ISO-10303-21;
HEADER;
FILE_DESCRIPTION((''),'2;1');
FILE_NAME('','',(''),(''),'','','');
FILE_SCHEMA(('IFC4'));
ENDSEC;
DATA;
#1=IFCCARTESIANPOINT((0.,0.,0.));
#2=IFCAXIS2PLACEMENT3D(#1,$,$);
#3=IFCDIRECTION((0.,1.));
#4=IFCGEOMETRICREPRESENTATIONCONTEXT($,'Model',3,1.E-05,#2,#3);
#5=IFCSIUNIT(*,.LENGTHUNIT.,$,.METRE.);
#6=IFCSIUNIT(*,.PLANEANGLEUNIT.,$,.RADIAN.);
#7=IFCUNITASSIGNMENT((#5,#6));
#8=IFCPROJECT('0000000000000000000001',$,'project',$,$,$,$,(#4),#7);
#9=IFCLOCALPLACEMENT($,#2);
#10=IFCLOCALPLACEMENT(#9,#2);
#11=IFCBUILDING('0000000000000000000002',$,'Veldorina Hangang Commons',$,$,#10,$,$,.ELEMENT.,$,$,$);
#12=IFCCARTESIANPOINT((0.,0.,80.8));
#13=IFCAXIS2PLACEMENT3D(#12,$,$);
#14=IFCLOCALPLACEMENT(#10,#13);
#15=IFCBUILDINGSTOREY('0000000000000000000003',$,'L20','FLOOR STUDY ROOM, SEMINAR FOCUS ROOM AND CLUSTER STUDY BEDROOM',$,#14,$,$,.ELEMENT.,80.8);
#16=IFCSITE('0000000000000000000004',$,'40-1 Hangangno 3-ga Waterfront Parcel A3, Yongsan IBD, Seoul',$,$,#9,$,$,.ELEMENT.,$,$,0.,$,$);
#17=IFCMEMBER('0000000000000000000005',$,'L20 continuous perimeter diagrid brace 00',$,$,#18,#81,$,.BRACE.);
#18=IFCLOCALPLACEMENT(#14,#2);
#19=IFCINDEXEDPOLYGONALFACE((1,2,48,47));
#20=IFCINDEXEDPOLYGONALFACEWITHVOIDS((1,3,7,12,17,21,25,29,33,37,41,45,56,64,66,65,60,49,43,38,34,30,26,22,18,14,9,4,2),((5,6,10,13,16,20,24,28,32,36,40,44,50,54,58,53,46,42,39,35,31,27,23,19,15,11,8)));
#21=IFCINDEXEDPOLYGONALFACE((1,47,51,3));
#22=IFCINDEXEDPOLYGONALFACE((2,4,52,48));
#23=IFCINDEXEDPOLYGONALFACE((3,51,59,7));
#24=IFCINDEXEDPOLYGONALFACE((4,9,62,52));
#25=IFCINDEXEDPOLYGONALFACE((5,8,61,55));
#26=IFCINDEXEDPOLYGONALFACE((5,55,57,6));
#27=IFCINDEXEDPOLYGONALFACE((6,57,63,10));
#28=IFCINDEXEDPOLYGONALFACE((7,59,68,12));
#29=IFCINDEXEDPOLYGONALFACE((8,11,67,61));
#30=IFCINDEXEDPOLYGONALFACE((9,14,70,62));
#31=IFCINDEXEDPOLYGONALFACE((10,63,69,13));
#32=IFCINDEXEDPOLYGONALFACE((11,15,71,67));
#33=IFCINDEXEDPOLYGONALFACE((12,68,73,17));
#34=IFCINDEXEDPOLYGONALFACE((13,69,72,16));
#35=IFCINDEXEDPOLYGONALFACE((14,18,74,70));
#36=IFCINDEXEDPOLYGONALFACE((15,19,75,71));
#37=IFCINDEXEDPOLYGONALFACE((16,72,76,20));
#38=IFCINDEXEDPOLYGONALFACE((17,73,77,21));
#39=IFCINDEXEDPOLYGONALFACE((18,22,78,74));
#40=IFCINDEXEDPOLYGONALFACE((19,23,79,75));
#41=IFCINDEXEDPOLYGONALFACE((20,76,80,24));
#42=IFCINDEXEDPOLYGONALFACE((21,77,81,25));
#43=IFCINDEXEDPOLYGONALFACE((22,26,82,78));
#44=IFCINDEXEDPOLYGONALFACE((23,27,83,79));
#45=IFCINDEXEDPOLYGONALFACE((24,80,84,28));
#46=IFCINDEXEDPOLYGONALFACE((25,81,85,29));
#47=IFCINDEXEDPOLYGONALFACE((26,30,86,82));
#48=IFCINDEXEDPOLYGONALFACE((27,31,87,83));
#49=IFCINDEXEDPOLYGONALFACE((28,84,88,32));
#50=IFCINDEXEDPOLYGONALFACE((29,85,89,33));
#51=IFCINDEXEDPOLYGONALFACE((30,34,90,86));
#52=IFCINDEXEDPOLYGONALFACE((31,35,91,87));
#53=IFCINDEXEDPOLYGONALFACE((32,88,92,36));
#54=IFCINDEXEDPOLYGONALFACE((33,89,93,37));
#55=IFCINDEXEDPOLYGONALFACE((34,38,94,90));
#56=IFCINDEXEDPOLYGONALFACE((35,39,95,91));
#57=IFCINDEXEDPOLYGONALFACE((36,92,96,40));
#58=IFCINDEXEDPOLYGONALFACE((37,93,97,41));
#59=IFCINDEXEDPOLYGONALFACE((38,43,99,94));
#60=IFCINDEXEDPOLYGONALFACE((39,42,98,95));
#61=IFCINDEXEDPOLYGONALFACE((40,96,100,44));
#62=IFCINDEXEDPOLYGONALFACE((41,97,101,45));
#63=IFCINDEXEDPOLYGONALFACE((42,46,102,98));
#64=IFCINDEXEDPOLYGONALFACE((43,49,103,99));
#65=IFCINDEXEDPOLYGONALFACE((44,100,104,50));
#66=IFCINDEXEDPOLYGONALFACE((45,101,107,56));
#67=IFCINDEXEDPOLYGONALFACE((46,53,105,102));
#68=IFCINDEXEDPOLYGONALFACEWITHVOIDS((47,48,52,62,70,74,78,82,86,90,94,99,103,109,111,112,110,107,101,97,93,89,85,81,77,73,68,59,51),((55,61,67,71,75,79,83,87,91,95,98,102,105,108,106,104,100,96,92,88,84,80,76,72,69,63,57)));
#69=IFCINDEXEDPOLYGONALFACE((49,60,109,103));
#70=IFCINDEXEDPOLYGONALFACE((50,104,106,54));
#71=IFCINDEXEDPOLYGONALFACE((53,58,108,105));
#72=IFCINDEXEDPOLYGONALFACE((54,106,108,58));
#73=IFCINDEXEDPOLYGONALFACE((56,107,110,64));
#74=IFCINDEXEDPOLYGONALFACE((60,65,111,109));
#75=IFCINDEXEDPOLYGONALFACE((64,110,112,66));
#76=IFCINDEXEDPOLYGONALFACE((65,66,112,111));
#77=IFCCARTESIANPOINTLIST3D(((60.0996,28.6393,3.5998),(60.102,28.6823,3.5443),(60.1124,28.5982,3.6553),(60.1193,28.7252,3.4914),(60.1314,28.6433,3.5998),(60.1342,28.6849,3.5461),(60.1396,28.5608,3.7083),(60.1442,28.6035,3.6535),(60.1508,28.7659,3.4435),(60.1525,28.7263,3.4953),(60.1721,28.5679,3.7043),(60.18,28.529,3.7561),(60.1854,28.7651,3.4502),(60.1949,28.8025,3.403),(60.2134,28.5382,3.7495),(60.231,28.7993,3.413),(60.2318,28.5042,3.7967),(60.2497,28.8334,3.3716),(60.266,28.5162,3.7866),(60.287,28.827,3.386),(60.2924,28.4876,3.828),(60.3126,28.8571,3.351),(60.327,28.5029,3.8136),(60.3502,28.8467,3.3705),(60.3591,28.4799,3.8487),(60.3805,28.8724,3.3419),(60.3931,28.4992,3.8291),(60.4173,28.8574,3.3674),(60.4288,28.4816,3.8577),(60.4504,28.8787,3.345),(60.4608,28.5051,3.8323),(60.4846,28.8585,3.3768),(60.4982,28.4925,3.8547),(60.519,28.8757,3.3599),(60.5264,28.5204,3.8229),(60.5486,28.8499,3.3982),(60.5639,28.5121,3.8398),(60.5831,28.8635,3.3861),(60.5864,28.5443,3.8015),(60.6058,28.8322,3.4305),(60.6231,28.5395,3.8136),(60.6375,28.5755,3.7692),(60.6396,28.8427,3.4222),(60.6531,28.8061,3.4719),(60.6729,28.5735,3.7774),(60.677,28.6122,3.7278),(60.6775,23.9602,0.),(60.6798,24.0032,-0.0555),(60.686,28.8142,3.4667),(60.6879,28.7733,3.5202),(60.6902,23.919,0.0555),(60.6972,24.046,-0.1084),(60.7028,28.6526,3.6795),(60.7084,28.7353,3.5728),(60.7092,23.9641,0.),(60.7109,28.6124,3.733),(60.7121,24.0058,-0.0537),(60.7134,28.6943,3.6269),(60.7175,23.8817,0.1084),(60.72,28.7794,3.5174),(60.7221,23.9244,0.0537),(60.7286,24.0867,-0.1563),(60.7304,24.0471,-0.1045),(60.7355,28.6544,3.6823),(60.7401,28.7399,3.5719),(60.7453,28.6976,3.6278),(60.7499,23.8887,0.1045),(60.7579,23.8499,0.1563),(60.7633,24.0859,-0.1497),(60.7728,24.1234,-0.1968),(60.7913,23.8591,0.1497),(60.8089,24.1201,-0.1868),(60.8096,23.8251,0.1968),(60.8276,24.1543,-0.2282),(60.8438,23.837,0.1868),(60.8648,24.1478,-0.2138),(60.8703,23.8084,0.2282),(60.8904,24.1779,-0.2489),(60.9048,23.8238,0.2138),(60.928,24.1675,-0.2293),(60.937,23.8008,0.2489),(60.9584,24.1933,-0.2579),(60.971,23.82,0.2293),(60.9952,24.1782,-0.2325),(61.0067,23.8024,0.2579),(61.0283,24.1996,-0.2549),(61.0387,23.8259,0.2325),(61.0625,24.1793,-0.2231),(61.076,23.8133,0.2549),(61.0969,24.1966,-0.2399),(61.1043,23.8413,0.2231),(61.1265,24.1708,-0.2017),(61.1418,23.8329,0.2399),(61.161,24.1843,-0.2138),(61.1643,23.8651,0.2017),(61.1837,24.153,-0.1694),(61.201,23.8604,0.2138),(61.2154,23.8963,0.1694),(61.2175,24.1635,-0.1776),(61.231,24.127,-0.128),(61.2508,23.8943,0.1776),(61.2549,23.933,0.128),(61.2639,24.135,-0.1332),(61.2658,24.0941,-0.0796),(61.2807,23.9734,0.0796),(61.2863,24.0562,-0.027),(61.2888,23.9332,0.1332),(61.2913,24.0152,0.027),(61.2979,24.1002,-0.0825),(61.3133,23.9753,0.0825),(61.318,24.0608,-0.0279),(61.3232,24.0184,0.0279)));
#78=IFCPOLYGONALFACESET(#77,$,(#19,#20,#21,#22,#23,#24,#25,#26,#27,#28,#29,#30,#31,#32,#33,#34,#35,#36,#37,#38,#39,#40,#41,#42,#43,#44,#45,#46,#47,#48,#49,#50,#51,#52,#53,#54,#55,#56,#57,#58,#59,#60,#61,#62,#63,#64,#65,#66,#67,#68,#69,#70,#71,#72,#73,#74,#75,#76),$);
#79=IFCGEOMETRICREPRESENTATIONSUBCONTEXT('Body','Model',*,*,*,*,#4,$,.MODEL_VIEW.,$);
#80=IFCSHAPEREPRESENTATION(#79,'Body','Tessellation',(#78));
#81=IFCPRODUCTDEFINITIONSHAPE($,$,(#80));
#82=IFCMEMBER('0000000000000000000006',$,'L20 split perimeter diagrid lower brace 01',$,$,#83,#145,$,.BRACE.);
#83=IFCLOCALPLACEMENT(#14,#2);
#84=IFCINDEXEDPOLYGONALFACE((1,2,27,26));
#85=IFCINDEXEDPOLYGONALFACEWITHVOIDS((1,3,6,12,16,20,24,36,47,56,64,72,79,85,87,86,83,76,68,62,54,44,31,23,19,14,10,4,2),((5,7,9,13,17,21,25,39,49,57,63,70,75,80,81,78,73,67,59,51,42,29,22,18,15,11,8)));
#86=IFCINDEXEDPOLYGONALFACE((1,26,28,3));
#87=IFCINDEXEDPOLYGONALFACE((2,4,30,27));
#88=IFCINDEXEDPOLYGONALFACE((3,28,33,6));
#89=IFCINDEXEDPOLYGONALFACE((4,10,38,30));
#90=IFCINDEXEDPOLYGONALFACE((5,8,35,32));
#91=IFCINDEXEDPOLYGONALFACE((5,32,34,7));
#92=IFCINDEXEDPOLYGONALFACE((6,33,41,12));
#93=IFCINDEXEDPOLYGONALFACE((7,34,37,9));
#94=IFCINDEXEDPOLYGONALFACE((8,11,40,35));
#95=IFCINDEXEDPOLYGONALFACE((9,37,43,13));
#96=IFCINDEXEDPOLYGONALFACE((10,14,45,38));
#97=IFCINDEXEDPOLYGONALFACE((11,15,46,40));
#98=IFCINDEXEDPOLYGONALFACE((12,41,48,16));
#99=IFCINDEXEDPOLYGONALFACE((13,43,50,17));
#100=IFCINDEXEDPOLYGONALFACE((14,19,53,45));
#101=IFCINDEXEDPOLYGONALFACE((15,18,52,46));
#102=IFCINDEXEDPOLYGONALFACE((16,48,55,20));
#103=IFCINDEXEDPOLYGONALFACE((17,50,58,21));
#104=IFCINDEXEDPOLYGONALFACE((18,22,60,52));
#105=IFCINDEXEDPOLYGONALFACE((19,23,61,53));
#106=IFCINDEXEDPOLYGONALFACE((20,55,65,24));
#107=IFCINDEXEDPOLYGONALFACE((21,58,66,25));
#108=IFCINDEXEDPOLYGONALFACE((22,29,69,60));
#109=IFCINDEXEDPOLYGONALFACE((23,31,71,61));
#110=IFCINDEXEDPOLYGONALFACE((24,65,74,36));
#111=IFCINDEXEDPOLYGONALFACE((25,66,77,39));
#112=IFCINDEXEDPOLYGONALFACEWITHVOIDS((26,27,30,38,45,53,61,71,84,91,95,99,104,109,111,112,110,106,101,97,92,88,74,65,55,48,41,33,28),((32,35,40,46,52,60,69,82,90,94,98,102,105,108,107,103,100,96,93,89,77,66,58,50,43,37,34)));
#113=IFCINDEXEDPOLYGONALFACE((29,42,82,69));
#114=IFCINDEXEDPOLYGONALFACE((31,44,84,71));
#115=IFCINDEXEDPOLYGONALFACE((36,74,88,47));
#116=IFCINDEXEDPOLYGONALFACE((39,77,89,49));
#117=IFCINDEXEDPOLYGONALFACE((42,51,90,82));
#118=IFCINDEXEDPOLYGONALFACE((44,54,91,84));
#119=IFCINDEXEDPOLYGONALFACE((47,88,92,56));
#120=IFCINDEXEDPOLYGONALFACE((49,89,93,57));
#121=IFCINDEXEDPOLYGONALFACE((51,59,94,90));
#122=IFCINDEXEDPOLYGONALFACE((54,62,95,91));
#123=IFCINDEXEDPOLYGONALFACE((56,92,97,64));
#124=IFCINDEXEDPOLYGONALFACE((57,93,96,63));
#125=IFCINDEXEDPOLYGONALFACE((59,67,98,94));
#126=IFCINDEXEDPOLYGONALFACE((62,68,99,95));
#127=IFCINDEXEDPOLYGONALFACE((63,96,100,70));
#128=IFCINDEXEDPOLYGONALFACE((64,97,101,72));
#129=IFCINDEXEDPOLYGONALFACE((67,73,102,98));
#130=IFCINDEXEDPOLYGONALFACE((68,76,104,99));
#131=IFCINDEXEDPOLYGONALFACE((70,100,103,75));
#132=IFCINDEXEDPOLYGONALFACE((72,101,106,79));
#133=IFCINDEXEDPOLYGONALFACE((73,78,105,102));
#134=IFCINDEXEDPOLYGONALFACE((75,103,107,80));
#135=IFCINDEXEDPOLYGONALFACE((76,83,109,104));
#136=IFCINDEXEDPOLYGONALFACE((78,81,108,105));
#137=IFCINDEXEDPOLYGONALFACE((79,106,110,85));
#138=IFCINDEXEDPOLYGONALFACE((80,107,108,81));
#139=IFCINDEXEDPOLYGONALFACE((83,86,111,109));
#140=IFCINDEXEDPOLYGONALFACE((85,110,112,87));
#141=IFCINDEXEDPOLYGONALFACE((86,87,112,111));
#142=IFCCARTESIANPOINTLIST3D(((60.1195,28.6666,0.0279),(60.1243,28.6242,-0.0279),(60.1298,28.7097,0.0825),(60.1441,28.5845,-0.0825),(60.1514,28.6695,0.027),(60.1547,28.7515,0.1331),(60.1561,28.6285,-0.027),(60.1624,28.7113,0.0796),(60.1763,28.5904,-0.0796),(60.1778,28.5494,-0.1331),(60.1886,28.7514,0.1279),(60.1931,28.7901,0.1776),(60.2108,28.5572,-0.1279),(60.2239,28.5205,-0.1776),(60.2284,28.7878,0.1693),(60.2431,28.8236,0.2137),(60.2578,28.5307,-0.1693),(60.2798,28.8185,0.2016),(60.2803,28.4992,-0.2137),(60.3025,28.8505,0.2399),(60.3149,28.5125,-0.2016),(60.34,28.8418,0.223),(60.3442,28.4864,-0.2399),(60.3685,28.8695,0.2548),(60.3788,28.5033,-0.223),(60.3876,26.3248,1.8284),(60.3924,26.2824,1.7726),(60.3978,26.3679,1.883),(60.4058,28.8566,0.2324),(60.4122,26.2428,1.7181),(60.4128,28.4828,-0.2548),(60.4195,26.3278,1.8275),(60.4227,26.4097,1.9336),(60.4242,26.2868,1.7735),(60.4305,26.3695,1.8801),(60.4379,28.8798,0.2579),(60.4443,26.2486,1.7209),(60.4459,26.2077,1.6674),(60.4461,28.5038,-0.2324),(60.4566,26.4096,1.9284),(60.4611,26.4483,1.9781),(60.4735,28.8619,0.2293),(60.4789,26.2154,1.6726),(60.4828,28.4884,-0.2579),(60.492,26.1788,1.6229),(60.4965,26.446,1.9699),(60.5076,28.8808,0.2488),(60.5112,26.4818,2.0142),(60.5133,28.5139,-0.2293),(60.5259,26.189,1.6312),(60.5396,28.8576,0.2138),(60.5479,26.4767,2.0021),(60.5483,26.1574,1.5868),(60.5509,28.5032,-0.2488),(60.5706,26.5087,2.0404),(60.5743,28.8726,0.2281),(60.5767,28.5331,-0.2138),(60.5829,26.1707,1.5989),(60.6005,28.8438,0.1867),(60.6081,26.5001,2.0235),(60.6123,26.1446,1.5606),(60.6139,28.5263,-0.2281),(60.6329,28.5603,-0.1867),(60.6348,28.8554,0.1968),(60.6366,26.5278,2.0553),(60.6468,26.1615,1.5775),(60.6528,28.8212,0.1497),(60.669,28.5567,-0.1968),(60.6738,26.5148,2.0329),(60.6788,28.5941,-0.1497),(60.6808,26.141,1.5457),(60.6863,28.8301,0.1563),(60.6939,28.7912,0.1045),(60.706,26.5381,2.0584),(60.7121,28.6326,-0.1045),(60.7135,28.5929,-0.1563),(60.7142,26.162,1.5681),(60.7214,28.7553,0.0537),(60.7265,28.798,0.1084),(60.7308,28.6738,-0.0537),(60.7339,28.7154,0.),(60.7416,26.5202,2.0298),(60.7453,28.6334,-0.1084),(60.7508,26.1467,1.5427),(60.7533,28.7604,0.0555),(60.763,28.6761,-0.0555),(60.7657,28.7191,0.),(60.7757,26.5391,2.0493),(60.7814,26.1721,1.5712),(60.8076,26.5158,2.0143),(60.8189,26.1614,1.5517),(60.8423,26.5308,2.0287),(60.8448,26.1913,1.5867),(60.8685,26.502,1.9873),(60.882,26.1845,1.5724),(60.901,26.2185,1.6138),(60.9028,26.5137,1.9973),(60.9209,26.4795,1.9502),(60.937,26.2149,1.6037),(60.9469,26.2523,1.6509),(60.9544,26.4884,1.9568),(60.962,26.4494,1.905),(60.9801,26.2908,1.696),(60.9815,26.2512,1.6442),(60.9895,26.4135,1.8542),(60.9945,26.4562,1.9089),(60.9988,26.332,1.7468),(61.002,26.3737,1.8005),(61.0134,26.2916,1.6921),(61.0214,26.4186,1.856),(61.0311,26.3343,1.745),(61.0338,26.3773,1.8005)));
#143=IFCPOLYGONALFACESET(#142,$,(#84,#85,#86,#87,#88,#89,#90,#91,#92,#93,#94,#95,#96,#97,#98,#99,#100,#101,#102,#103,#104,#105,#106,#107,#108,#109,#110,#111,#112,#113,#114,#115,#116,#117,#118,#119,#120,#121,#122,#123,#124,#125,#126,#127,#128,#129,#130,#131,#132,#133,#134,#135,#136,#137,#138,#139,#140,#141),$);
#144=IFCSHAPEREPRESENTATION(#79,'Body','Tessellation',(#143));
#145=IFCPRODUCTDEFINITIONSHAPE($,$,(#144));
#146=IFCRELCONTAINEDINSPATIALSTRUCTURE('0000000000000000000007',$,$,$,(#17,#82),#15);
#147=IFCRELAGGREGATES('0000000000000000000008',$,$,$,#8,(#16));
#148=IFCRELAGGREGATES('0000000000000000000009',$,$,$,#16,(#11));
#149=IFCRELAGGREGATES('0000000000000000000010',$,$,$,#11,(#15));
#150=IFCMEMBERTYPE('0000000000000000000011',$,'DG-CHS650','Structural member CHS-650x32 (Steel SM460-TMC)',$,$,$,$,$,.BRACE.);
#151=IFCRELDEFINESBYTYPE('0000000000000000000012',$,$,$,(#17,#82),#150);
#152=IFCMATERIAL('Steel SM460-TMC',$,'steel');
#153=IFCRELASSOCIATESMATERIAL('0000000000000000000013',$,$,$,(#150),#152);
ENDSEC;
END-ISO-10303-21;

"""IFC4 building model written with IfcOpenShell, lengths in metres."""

from ifc_helpers import new_model, si_unit, direction, frame, origin, origin_2d, place, context, subcontext, project, spatial, hollow_circle, extrude, material, material_profile, profile_set, type_object, element, save


model = new_model("IFC4")

# Units and contexts
model_context = context("Model", 3, precision=1e-05, world=origin(), true_north=direction((0.0, 1.0)))
body_context = subcontext(model_context, "Body", "Model", "MODEL_VIEW")
ifc_project = project(units=[si_unit("LENGTHUNIT", "METRE"), si_unit("PLANEANGLEUNIT", "RADIAN")], contexts=[model_context])

# Site, building, storey
site_placement = place(None, origin())
site = spatial("IfcSite", under=ifc_project, at=site_placement, Name="40-1 Hangangno 3-ga Waterfront Parcel A3, Yongsan IBD, Seoul", CompositionType="ELEMENT", RefElevation=0.0)
building_placement = place(site_placement, origin())
building = spatial("IfcBuilding", under=site, at=building_placement, Name="Veldorina Hangang Commons", CompositionType="ELEMENT")
storey_placement = place(building_placement, frame((0.0, 0.0, 80.8)))
storey = spatial("IfcBuildingStorey", under=building, at=storey_placement, Name="L20", Description="FLOOR STUDY ROOM, SEMINAR FOCUS ROOM AND CLUSTER STUDY BEDROOM", CompositionType="ELEMENT", Elevation=80.8)

# Members
ifc_material_1 = material(Name="Steel SM460-TMC", Category="steel")
ifc_material_profile_1 = material_profile(ifc_material_1, hollow_circle(Radius=0.325, WallThickness=0.032, at=origin_2d()), Name="CHS-650x32")
ifc_profile_set_1 = profile_set([ifc_material_profile_1], Name="Steel SM460-TMC")
member_type = type_object("IfcMemberType", Name="DG-CHS650", Description="Structural member CHS-650x32 (Steel SM460-TMC)", PredefinedType="BRACE", material=ifc_profile_set_1)
member_1_placement = place(storey_placement, frame((61.0, 24.0, 0.0), z_axis=(-0.097419, 0.788816, 0.60686), x_axis=(-0.99246, -0.122569, 0.0)))
element("IfcMember", 1, at=member_1_placement, inside=storey, type_object=member_type, Name="L20 continuous perimeter diagrid brace 00", PredefinedType="BRACE", context=body_context, shape_type="SweptSolid", body=[
    extrude(hollow_circle(Radius=0.325, WallThickness=0.032, at=origin_2d()), origin(), (0.0, 0.0, 1.0), 5.9319),
])
member_2_placement = place(storey_placement, frame((60.4429, 28.6821, 0.0), z_axis=(0.090376, -0.789518, 0.607037), x_axis=(0.993512, 0.113728, 0.0)))
element("IfcMember", 2, at=member_2_placement, inside=storey, type_object=member_type, Name="L20 split perimeter diagrid lower brace 01", PredefinedType="BRACE", context=body_context, shape_type="SweptSolid", body=[
    extrude(hollow_circle(Radius=0.325, WallThickness=0.032, at=origin_2d()), origin(), (0.0, 0.0, 1.0), 2.9661),
])

save(model, "model.ifc")
